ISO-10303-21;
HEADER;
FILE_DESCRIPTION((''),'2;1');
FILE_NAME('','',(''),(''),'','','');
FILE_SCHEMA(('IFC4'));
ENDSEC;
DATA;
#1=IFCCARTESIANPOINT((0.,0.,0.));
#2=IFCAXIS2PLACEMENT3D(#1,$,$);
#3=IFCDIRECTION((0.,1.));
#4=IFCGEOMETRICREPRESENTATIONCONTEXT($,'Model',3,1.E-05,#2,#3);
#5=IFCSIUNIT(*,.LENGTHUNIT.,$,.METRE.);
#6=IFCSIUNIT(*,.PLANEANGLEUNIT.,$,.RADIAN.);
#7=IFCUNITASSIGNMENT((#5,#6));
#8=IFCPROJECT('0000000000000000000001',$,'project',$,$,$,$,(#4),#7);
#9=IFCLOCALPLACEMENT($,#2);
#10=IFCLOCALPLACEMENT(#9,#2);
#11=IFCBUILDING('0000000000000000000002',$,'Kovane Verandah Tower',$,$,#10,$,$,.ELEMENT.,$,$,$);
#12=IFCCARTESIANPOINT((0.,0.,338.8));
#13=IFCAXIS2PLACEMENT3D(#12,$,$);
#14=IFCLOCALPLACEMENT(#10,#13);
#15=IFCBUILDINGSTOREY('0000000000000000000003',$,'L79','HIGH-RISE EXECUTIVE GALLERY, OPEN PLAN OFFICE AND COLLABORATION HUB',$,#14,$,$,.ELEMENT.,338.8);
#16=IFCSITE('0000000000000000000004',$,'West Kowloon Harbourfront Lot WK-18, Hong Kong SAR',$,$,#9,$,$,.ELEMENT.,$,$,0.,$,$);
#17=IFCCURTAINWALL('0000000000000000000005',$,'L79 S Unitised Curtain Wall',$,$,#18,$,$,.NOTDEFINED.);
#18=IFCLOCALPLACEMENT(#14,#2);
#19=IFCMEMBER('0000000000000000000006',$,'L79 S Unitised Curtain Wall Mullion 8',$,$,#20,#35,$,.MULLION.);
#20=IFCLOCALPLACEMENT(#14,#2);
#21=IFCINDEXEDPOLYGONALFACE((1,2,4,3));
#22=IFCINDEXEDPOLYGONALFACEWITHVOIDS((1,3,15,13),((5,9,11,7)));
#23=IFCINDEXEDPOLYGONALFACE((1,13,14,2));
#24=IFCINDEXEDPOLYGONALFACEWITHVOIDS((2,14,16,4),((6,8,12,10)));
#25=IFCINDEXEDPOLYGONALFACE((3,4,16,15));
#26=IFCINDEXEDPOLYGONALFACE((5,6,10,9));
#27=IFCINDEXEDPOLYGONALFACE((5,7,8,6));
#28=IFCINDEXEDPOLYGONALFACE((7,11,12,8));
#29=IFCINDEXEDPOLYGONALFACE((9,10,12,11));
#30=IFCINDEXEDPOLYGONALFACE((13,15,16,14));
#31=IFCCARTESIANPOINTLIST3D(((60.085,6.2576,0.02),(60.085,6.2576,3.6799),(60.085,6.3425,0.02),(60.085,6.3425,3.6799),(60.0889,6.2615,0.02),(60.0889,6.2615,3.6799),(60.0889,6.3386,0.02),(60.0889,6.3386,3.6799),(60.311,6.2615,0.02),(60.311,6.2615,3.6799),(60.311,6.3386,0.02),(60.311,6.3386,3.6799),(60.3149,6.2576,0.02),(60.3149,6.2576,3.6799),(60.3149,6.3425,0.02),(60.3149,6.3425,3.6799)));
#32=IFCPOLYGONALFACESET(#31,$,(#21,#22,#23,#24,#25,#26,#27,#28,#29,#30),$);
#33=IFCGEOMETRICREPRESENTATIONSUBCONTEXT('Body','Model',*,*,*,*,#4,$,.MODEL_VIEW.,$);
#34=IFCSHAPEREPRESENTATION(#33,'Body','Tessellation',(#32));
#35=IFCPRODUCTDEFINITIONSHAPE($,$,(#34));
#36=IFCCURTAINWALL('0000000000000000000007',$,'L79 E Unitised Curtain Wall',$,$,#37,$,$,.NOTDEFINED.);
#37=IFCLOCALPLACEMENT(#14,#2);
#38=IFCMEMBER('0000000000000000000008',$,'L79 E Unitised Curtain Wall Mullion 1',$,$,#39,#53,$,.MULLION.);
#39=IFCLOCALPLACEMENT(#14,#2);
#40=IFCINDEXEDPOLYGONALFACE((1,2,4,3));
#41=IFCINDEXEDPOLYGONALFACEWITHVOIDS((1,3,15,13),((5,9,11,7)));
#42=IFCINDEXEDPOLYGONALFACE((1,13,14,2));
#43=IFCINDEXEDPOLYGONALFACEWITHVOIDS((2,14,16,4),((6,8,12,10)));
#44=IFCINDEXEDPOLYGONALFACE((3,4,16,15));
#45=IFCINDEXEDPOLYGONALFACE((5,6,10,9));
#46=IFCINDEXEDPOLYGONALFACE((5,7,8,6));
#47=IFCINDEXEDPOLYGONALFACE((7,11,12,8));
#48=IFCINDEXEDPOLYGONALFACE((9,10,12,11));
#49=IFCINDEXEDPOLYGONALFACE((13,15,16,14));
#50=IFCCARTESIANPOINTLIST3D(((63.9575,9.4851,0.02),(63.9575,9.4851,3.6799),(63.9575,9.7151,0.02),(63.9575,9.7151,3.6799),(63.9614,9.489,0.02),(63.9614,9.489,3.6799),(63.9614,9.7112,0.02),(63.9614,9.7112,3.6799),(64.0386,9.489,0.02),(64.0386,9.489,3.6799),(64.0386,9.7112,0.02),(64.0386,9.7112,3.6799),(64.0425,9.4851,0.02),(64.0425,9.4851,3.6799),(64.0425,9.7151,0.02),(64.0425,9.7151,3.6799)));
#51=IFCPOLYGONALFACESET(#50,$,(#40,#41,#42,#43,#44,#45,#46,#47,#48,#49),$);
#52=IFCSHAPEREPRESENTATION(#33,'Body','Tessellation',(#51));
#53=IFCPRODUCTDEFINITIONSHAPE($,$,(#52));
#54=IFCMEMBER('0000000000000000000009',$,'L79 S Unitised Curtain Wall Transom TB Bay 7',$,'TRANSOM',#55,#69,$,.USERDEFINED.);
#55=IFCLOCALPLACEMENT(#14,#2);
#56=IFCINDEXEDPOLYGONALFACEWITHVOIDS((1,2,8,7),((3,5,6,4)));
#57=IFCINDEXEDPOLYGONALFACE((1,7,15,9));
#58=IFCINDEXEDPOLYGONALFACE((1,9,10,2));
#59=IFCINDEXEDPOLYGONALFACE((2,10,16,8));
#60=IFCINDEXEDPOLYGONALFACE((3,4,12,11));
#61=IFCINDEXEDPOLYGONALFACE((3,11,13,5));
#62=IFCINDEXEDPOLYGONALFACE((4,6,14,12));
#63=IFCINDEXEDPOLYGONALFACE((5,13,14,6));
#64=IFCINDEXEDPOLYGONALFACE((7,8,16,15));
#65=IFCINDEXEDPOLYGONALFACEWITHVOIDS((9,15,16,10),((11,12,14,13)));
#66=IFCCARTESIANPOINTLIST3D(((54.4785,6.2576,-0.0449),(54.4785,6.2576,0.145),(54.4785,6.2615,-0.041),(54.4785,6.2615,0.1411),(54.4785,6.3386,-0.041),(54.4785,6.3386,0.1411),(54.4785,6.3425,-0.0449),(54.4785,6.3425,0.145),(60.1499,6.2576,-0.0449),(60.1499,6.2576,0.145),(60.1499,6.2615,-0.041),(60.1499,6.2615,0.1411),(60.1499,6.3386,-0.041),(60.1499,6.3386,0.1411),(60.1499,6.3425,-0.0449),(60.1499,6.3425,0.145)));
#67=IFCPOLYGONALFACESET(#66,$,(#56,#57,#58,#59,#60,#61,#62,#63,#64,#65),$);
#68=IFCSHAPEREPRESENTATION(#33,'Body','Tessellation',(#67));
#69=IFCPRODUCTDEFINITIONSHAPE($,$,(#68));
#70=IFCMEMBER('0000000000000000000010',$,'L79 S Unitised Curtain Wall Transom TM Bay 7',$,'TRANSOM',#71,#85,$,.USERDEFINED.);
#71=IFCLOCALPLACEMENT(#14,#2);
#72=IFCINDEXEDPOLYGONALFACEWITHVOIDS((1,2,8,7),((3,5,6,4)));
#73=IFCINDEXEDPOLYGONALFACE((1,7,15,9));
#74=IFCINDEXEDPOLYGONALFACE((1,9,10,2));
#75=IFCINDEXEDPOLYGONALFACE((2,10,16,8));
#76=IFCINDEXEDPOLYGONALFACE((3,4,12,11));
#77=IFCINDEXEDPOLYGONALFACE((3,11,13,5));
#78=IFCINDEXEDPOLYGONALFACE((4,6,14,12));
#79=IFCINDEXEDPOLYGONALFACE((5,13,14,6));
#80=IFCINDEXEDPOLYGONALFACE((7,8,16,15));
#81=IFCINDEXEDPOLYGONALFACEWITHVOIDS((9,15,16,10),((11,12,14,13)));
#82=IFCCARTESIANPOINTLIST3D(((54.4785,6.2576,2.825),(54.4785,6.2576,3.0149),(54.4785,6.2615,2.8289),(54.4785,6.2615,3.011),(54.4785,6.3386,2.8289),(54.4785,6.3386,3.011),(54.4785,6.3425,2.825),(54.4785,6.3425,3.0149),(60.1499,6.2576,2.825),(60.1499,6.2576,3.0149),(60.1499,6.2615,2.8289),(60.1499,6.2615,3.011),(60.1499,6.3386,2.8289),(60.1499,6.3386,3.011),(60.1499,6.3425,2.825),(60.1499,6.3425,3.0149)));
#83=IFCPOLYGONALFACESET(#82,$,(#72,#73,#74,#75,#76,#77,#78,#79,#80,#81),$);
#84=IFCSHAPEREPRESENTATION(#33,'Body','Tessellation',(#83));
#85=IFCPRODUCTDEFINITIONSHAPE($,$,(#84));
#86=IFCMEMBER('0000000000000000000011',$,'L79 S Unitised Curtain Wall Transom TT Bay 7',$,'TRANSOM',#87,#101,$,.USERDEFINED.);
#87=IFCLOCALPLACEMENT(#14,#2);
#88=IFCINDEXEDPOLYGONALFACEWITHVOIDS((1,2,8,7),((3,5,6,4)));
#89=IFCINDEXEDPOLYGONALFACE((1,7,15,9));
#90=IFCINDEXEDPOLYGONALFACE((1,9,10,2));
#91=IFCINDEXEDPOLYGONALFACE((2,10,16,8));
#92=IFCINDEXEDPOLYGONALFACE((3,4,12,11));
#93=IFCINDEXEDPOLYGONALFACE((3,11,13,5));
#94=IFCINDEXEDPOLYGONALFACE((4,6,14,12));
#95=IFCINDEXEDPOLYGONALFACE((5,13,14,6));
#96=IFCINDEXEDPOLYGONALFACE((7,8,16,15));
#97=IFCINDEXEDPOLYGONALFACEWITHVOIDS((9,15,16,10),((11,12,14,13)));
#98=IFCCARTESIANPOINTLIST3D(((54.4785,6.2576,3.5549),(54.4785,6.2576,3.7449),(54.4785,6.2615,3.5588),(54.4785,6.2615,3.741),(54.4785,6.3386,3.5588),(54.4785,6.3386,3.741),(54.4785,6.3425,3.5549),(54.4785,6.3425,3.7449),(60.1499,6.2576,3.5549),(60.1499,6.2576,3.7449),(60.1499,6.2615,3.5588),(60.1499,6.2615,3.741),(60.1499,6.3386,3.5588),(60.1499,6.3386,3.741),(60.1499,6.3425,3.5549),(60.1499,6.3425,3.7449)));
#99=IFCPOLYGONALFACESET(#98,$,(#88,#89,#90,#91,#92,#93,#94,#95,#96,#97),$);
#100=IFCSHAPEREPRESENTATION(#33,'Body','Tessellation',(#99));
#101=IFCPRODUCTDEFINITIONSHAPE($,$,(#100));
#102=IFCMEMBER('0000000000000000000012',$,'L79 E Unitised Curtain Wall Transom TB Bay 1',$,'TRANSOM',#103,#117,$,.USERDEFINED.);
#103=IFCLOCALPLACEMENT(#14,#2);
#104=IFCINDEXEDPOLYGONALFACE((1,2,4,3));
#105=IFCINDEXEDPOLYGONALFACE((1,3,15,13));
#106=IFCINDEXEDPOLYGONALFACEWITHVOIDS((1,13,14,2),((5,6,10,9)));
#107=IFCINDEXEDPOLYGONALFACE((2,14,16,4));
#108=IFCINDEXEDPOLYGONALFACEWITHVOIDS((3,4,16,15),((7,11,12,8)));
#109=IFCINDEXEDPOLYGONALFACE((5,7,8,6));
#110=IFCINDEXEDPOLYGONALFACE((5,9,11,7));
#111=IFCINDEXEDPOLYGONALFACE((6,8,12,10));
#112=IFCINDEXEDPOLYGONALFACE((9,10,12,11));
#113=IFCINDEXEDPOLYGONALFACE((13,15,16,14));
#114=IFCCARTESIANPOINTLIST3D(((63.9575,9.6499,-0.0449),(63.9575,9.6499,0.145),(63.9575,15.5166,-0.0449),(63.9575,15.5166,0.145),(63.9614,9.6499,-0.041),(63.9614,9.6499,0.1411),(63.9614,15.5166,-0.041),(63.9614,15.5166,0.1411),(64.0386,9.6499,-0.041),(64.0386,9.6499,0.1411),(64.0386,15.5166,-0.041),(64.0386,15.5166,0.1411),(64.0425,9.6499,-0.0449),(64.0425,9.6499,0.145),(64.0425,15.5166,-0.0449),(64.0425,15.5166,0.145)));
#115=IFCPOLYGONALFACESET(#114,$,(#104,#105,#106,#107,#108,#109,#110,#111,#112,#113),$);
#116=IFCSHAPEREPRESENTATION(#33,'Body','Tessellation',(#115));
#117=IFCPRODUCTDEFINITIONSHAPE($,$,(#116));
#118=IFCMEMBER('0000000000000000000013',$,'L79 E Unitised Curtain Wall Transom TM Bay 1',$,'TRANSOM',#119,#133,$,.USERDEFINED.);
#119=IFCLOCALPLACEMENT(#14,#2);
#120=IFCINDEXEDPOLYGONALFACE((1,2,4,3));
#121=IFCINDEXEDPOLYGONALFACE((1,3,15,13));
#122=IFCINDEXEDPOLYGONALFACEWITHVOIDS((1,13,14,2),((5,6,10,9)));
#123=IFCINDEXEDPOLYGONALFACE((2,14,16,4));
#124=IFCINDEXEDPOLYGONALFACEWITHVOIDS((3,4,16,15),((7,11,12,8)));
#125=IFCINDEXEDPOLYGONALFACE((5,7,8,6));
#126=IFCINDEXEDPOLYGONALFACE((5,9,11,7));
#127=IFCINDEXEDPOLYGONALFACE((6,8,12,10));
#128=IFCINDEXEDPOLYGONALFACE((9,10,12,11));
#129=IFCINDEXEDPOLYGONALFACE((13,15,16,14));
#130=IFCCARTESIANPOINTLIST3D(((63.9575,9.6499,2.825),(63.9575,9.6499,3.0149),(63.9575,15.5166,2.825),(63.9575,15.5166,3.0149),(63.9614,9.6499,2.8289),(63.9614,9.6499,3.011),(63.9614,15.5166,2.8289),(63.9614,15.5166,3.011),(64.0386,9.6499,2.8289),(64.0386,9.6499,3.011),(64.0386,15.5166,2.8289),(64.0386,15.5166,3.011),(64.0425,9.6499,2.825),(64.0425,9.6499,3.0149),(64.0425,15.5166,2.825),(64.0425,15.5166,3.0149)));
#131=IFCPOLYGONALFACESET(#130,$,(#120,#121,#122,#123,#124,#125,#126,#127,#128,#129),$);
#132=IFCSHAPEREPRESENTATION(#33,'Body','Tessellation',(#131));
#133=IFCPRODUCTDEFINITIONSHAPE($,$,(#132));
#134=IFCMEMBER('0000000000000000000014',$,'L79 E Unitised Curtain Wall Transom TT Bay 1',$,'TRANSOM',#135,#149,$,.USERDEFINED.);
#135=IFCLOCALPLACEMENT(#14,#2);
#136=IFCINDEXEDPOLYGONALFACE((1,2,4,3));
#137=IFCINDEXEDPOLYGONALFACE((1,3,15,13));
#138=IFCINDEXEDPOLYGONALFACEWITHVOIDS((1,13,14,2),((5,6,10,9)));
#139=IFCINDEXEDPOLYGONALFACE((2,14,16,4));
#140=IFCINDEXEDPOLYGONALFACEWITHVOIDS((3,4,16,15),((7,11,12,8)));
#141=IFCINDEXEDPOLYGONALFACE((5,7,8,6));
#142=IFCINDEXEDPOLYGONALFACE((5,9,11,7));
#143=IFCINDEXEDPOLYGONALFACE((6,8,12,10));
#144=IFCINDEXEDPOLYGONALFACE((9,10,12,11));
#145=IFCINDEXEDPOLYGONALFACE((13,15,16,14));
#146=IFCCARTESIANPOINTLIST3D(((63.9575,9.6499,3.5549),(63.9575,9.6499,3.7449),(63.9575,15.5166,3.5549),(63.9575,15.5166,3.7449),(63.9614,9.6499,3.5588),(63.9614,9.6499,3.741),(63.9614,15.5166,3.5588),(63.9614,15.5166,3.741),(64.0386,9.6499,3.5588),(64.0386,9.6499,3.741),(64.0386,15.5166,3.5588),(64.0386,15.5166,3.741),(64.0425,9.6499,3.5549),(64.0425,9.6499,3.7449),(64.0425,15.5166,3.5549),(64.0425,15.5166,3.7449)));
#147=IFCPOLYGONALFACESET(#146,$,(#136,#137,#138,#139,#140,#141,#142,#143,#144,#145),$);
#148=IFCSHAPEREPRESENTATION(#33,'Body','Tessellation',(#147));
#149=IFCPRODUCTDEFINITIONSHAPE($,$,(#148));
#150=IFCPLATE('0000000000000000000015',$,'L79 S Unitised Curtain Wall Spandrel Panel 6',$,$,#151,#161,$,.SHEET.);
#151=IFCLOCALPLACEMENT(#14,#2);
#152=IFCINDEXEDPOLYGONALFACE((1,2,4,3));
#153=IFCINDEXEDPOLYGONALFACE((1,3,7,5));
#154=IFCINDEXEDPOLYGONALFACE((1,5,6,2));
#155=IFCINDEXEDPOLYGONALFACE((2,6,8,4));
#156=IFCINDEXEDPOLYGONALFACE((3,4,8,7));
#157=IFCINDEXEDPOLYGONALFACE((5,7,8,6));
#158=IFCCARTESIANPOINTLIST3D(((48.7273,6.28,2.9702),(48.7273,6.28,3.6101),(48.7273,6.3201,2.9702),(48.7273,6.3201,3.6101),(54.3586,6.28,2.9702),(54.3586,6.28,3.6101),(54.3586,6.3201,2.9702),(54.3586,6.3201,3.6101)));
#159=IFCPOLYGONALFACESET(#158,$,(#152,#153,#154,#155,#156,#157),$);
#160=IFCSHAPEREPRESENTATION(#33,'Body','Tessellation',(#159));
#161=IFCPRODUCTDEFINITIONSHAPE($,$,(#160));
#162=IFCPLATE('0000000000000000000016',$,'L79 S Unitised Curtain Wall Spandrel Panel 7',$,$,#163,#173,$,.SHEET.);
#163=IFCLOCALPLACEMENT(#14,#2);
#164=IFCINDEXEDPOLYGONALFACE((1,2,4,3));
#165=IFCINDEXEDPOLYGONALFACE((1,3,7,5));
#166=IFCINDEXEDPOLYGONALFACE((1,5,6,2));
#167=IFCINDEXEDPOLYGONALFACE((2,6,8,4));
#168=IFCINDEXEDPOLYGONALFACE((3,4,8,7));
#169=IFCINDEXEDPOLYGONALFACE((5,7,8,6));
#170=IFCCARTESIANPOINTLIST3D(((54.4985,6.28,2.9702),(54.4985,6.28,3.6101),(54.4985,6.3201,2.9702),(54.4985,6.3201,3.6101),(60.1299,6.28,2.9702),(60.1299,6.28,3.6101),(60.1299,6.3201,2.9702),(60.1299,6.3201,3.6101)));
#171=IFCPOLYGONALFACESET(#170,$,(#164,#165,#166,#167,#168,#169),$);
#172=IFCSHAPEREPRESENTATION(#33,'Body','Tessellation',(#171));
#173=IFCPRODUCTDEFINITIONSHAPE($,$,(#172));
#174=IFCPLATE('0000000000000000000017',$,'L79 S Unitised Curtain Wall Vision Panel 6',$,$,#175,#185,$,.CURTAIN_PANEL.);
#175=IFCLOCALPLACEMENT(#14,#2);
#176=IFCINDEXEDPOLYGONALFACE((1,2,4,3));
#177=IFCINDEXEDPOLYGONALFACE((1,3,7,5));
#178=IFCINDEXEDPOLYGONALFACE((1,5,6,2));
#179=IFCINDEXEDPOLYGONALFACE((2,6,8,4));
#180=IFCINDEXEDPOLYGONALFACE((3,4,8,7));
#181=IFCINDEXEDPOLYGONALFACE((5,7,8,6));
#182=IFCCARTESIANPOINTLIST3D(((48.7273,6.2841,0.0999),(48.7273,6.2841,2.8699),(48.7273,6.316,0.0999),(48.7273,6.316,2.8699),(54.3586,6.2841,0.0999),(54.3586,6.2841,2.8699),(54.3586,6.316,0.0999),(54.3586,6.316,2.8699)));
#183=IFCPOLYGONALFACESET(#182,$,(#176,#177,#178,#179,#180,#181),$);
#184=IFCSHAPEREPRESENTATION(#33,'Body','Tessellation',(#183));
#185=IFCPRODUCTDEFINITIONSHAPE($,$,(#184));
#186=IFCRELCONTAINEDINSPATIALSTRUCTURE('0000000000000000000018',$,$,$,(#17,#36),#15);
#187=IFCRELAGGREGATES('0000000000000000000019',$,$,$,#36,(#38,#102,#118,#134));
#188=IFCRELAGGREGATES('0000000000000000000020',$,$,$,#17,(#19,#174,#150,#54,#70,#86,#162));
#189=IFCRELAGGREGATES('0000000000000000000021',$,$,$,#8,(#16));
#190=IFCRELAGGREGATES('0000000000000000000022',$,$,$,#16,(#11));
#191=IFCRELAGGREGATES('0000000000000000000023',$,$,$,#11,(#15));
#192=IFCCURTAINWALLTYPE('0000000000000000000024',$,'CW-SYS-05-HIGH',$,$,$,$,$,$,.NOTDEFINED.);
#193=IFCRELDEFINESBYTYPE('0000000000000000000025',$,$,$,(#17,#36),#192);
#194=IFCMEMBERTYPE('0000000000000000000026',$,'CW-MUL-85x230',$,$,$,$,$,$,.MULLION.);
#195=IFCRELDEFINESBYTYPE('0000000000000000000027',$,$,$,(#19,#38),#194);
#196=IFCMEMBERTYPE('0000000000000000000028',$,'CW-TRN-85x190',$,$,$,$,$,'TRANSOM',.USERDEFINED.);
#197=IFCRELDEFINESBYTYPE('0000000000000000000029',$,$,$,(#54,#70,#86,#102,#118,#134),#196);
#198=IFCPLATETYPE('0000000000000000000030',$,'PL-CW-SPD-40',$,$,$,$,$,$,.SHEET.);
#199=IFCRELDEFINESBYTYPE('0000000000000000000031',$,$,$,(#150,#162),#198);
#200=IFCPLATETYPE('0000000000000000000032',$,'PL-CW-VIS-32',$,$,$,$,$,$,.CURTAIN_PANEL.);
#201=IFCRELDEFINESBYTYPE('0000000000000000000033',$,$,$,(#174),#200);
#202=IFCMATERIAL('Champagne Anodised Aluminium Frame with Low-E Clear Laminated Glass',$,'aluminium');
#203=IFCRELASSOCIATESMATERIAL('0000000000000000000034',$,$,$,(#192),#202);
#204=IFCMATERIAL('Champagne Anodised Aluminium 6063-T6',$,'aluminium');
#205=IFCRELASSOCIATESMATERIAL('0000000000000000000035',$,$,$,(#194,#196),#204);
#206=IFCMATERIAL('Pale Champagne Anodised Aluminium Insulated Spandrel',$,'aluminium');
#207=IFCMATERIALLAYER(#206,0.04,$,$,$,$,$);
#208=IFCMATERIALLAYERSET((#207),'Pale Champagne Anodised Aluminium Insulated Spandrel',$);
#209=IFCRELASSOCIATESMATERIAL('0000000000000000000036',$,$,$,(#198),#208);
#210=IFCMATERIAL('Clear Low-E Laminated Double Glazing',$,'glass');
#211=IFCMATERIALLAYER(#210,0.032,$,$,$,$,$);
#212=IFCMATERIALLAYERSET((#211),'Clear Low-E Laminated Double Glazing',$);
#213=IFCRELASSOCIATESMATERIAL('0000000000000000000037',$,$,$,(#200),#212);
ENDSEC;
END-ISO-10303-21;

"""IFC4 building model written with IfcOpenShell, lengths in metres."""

from ifc_helpers import new_model, si_unit, direction, frame, origin, origin_2d, place, context, subcontext, project, spatial, rectangle, hollow_rectangle, extrude, material, layer, layer_set, material_profile, profile_set, type_object, element, aggregate, save


model = new_model("IFC4")

# Units and contexts
model_context = context("Model", 3, precision=1e-05, world=origin(), true_north=direction((0.0, 1.0)))
body_context = subcontext(model_context, "Body", "Model", "MODEL_VIEW")
ifc_project = project(units=[si_unit("LENGTHUNIT", "METRE"), si_unit("PLANEANGLEUNIT", "RADIAN")], contexts=[model_context])

# Site, building, storey
site_placement = place(None, origin())
site = spatial("IfcSite", under=ifc_project, at=site_placement, Name="West Kowloon Harbourfront Lot WK-18, Hong Kong SAR", CompositionType="ELEMENT", RefElevation=0.0)
building_placement = place(site_placement, origin())
building = spatial("IfcBuilding", under=site, at=building_placement, Name="Kovane Verandah Tower", CompositionType="ELEMENT")
storey_placement = place(building_placement, frame((0.0, 0.0, 338.8)))
storey = spatial("IfcBuildingStorey", under=building, at=storey_placement, Name="L79", Description="HIGH-RISE EXECUTIVE GALLERY, OPEN PLAN OFFICE AND COLLABORATION HUB", CompositionType="ELEMENT", Elevation=338.8)

# Curtain wall, member
ifc_material_1 = material(Name="Champagne Anodised Aluminium Frame with Low-E Clear Laminated Glass", Category="aluminium")
curtain_wall_type = type_object("IfcCurtainWallType", Name="CW-SYS-05-HIGH", PredefinedType="NOTDEFINED", material=ifc_material_1)
curtain_wall_1_placement = place(storey_placement, origin())
curtain_wall_1 = element("IfcCurtainWall", 1, at=curtain_wall_1_placement, inside=storey, type_object=curtain_wall_type, Name="L79 S Unitised Curtain Wall", PredefinedType="NOTDEFINED")
ifc_material_2 = material(Name="Champagne Anodised Aluminium 6063-T6", Category="aluminium")
ifc_material_profile_1 = material_profile(ifc_material_2, hollow_rectangle(XDim=0.085, YDim=0.23, WallThickness=0.0039, at=origin_2d()), Name="AL85x230x4")
ifc_profile_set_1 = profile_set([ifc_material_profile_1], Name="Champagne Anodised Aluminium 6063-T6")
member_type_1 = type_object("IfcMemberType", Name="CW-MUL-85x230", PredefinedType="MULLION", material=ifc_profile_set_1)
member_1_placement = place(storey_placement, frame((60.2, 6.3, 0.02), z_axis=(0.0, 0.0, 1.0), x_axis=(0.0, -1.0, 0.0)))
member_1 = element("IfcMember", 2, at=member_1_placement, type_object=member_type_1, Name="L79 S Unitised Curtain Wall Mullion 8", PredefinedType="MULLION", context=body_context, shape_type="SweptSolid", body=[
    extrude(hollow_rectangle(XDim=0.085, YDim=0.23, WallThickness=0.0039, at=origin_2d()), origin(), (0.0, 0.0, 1.0), 3.6599),
])

# Curtain wall, member
curtain_wall_2_placement = place(storey_placement, origin())
curtain_wall_2 = element("IfcCurtainWall", 3, at=curtain_wall_2_placement, inside=storey, type_object=curtain_wall_type, Name="L79 E Unitised Curtain Wall", PredefinedType="NOTDEFINED")
member_2_placement = place(storey_placement, frame((64.0, 9.6001, 0.02), z_axis=(0.0, 0.0, 1.0), x_axis=(1.0, 0.0, 0.0)))
member_2 = element("IfcMember", 4, at=member_2_placement, type_object=member_type_1, Name="L79 E Unitised Curtain Wall Mullion 1", PredefinedType="MULLION", context=body_context, shape_type="SweptSolid", body=[
    extrude(hollow_rectangle(XDim=0.085, YDim=0.23, WallThickness=0.0039, at=origin_2d()), origin(), (0.0, 0.0, 1.0), 3.6599),
])

# Members
ifc_material_profile_2 = material_profile(ifc_material_2, hollow_rectangle(XDim=0.085, YDim=0.1899, WallThickness=0.0039, at=origin_2d()), Name="AL85x190x4")
ifc_profile_set_2 = profile_set([ifc_material_profile_2], Name="Champagne Anodised Aluminium 6063-T6")
member_type_2 = type_object("IfcMemberType", Name="CW-TRN-85x190", ElementType="TRANSOM", PredefinedType="USERDEFINED", material=ifc_profile_set_2)
member_3_placement = place(storey_placement, frame((54.4785, 6.3, 0.05), z_axis=(1.0, 0.0, 0.0), x_axis=(0.0, 1.0, 0.0)))
member_3 = element("IfcMember", 5, at=member_3_placement, type_object=member_type_2, Name="L79 S Unitised Curtain Wall Transom TB Bay 7", ObjectType="TRANSOM", PredefinedType="USERDEFINED", context=body_context, shape_type="SweptSolid", body=[
    extrude(hollow_rectangle(XDim=0.085, YDim=0.1899, WallThickness=0.0039, at=origin_2d()), origin(), (0.0, 0.0, 1.0), 5.6714),
])
member_4_placement = place(storey_placement, frame((54.4785, 6.3, 2.9199), z_axis=(1.0, 0.0, 0.0), x_axis=(0.0, 1.0, 0.0)))
member_4 = element("IfcMember", 6, at=member_4_placement, type_object=member_type_2, Name="L79 S Unitised Curtain Wall Transom TM Bay 7", ObjectType="TRANSOM", PredefinedType="USERDEFINED", context=body_context, shape_type="SweptSolid", body=[
    extrude(hollow_rectangle(XDim=0.085, YDim=0.1899, WallThickness=0.0039, at=origin_2d()), origin(), (0.0, 0.0, 1.0), 5.6714),
])
member_5_placement = place(storey_placement, frame((54.4785, 6.3, 3.6499), z_axis=(1.0, 0.0, 0.0), x_axis=(0.0, 1.0, 0.0)))
member_5 = element("IfcMember", 7, at=member_5_placement, type_object=member_type_2, Name="L79 S Unitised Curtain Wall Transom TT Bay 7", ObjectType="TRANSOM", PredefinedType="USERDEFINED", context=body_context, shape_type="SweptSolid", body=[
    extrude(hollow_rectangle(XDim=0.085, YDim=0.1899, WallThickness=0.0039, at=origin_2d()), origin(), (0.0, 0.0, 1.0), 5.6714),
])
member_6_placement = place(storey_placement, frame((64.0, 9.6499, 0.05), z_axis=(0.0, 1.0, 0.0), x_axis=(-1.0, 0.0, 0.0)))
member_6 = element("IfcMember", 8, at=member_6_placement, type_object=member_type_2, Name="L79 E Unitised Curtain Wall Transom TB Bay 1", ObjectType="TRANSOM", PredefinedType="USERDEFINED", context=body_context, shape_type="SweptSolid", body=[
    extrude(hollow_rectangle(XDim=0.085, YDim=0.1899, WallThickness=0.0039, at=origin_2d()), origin(), (0.0, 0.0, 1.0), 5.8667),
])
member_7_placement = place(storey_placement, frame((64.0, 9.6499, 2.9199), z_axis=(0.0, 1.0, 0.0), x_axis=(-1.0, 0.0, 0.0)))
member_7 = element("IfcMember", 9, at=member_7_placement, type_object=member_type_2, Name="L79 E Unitised Curtain Wall Transom TM Bay 1", ObjectType="TRANSOM", PredefinedType="USERDEFINED", context=body_context, shape_type="SweptSolid", body=[
    extrude(hollow_rectangle(XDim=0.085, YDim=0.1899, WallThickness=0.0039, at=origin_2d()), origin(), (0.0, 0.0, 1.0), 5.8667),
])
member_8_placement = place(storey_placement, frame((64.0, 9.6499, 3.6499), z_axis=(0.0, 1.0, 0.0), x_axis=(-1.0, 0.0, 0.0)))
member_8 = element("IfcMember", 10, at=member_8_placement, type_object=member_type_2, Name="L79 E Unitised Curtain Wall Transom TT Bay 1", ObjectType="TRANSOM", PredefinedType="USERDEFINED", context=body_context, shape_type="SweptSolid", body=[
    extrude(hollow_rectangle(XDim=0.085, YDim=0.1899, WallThickness=0.0039, at=origin_2d()), origin(), (0.0, 0.0, 1.0), 5.8667),
])
aggregate(curtain_wall_2, [member_2, member_6, member_7, member_8])

# Plates
ifc_material_3 = material(Name="Pale Champagne Anodised Aluminium Insulated Spandrel", Category="aluminium")
ifc_layer_1 = layer(ifc_material_3, 0.04)
ifc_layer_set_1 = layer_set([ifc_layer_1], Name="Pale Champagne Anodised Aluminium Insulated Spandrel")
plate_type_1 = type_object("IfcPlateType", Name="PL-CW-SPD-40", PredefinedType="SHEET", material=ifc_layer_set_1)
plate_1_placement = place(storey_placement, frame((51.543, 6.3, 2.9702), z_axis=(0.0, 0.0, 1.0), x_axis=(1.0, 0.0, 0.0)))
plate_1 = element("IfcPlate", 11, at=plate_1_placement, type_object=plate_type_1, Name="L79 S Unitised Curtain Wall Spandrel Panel 6", PredefinedType="SHEET", context=body_context, shape_type="SweptSolid", body=[
    extrude(rectangle(XDim=5.6313, YDim=0.04, at=origin_2d()), origin(), (0.0, 0.0, 1.0), 0.6399),
])
plate_2_placement = place(storey_placement, frame((57.3142, 6.3, 2.9702), z_axis=(0.0, 0.0, 1.0), x_axis=(1.0, 0.0, 0.0)))
plate_2 = element("IfcPlate", 12, at=plate_2_placement, type_object=plate_type_1, Name="L79 S Unitised Curtain Wall Spandrel Panel 7", PredefinedType="SHEET", context=body_context, shape_type="SweptSolid", body=[
    extrude(rectangle(XDim=5.6313, YDim=0.04, at=origin_2d()), origin(), (0.0, 0.0, 1.0), 0.6399),
])
ifc_material_4 = material(Name="Clear Low-E Laminated Double Glazing", Category="glass")
ifc_layer_2 = layer(ifc_material_4, 0.032)
ifc_layer_set_2 = layer_set([ifc_layer_2], Name="Clear Low-E Laminated Double Glazing")
plate_type_2 = type_object("IfcPlateType", Name="PL-CW-VIS-32", PredefinedType="CURTAIN_PANEL", material=ifc_layer_set_2)
plate_3_placement = place(storey_placement, frame((51.543, 6.3, 0.0999), z_axis=(0.0, 0.0, 1.0), x_axis=(1.0, 0.0, 0.0)))
plate_3 = element("IfcPlate", 13, at=plate_3_placement, type_object=plate_type_2, Name="L79 S Unitised Curtain Wall Vision Panel 6", PredefinedType="CURTAIN_PANEL", context=body_context, shape_type="SweptSolid", body=[
    extrude(rectangle(XDim=5.6313, YDim=0.032, at=origin_2d()), origin(), (0.0, 0.0, 1.0), 2.77),
])
aggregate(curtain_wall_1, [member_1, plate_3, plate_1, member_3, member_4, member_5, plate_2])

save(model, "model.ifc")
